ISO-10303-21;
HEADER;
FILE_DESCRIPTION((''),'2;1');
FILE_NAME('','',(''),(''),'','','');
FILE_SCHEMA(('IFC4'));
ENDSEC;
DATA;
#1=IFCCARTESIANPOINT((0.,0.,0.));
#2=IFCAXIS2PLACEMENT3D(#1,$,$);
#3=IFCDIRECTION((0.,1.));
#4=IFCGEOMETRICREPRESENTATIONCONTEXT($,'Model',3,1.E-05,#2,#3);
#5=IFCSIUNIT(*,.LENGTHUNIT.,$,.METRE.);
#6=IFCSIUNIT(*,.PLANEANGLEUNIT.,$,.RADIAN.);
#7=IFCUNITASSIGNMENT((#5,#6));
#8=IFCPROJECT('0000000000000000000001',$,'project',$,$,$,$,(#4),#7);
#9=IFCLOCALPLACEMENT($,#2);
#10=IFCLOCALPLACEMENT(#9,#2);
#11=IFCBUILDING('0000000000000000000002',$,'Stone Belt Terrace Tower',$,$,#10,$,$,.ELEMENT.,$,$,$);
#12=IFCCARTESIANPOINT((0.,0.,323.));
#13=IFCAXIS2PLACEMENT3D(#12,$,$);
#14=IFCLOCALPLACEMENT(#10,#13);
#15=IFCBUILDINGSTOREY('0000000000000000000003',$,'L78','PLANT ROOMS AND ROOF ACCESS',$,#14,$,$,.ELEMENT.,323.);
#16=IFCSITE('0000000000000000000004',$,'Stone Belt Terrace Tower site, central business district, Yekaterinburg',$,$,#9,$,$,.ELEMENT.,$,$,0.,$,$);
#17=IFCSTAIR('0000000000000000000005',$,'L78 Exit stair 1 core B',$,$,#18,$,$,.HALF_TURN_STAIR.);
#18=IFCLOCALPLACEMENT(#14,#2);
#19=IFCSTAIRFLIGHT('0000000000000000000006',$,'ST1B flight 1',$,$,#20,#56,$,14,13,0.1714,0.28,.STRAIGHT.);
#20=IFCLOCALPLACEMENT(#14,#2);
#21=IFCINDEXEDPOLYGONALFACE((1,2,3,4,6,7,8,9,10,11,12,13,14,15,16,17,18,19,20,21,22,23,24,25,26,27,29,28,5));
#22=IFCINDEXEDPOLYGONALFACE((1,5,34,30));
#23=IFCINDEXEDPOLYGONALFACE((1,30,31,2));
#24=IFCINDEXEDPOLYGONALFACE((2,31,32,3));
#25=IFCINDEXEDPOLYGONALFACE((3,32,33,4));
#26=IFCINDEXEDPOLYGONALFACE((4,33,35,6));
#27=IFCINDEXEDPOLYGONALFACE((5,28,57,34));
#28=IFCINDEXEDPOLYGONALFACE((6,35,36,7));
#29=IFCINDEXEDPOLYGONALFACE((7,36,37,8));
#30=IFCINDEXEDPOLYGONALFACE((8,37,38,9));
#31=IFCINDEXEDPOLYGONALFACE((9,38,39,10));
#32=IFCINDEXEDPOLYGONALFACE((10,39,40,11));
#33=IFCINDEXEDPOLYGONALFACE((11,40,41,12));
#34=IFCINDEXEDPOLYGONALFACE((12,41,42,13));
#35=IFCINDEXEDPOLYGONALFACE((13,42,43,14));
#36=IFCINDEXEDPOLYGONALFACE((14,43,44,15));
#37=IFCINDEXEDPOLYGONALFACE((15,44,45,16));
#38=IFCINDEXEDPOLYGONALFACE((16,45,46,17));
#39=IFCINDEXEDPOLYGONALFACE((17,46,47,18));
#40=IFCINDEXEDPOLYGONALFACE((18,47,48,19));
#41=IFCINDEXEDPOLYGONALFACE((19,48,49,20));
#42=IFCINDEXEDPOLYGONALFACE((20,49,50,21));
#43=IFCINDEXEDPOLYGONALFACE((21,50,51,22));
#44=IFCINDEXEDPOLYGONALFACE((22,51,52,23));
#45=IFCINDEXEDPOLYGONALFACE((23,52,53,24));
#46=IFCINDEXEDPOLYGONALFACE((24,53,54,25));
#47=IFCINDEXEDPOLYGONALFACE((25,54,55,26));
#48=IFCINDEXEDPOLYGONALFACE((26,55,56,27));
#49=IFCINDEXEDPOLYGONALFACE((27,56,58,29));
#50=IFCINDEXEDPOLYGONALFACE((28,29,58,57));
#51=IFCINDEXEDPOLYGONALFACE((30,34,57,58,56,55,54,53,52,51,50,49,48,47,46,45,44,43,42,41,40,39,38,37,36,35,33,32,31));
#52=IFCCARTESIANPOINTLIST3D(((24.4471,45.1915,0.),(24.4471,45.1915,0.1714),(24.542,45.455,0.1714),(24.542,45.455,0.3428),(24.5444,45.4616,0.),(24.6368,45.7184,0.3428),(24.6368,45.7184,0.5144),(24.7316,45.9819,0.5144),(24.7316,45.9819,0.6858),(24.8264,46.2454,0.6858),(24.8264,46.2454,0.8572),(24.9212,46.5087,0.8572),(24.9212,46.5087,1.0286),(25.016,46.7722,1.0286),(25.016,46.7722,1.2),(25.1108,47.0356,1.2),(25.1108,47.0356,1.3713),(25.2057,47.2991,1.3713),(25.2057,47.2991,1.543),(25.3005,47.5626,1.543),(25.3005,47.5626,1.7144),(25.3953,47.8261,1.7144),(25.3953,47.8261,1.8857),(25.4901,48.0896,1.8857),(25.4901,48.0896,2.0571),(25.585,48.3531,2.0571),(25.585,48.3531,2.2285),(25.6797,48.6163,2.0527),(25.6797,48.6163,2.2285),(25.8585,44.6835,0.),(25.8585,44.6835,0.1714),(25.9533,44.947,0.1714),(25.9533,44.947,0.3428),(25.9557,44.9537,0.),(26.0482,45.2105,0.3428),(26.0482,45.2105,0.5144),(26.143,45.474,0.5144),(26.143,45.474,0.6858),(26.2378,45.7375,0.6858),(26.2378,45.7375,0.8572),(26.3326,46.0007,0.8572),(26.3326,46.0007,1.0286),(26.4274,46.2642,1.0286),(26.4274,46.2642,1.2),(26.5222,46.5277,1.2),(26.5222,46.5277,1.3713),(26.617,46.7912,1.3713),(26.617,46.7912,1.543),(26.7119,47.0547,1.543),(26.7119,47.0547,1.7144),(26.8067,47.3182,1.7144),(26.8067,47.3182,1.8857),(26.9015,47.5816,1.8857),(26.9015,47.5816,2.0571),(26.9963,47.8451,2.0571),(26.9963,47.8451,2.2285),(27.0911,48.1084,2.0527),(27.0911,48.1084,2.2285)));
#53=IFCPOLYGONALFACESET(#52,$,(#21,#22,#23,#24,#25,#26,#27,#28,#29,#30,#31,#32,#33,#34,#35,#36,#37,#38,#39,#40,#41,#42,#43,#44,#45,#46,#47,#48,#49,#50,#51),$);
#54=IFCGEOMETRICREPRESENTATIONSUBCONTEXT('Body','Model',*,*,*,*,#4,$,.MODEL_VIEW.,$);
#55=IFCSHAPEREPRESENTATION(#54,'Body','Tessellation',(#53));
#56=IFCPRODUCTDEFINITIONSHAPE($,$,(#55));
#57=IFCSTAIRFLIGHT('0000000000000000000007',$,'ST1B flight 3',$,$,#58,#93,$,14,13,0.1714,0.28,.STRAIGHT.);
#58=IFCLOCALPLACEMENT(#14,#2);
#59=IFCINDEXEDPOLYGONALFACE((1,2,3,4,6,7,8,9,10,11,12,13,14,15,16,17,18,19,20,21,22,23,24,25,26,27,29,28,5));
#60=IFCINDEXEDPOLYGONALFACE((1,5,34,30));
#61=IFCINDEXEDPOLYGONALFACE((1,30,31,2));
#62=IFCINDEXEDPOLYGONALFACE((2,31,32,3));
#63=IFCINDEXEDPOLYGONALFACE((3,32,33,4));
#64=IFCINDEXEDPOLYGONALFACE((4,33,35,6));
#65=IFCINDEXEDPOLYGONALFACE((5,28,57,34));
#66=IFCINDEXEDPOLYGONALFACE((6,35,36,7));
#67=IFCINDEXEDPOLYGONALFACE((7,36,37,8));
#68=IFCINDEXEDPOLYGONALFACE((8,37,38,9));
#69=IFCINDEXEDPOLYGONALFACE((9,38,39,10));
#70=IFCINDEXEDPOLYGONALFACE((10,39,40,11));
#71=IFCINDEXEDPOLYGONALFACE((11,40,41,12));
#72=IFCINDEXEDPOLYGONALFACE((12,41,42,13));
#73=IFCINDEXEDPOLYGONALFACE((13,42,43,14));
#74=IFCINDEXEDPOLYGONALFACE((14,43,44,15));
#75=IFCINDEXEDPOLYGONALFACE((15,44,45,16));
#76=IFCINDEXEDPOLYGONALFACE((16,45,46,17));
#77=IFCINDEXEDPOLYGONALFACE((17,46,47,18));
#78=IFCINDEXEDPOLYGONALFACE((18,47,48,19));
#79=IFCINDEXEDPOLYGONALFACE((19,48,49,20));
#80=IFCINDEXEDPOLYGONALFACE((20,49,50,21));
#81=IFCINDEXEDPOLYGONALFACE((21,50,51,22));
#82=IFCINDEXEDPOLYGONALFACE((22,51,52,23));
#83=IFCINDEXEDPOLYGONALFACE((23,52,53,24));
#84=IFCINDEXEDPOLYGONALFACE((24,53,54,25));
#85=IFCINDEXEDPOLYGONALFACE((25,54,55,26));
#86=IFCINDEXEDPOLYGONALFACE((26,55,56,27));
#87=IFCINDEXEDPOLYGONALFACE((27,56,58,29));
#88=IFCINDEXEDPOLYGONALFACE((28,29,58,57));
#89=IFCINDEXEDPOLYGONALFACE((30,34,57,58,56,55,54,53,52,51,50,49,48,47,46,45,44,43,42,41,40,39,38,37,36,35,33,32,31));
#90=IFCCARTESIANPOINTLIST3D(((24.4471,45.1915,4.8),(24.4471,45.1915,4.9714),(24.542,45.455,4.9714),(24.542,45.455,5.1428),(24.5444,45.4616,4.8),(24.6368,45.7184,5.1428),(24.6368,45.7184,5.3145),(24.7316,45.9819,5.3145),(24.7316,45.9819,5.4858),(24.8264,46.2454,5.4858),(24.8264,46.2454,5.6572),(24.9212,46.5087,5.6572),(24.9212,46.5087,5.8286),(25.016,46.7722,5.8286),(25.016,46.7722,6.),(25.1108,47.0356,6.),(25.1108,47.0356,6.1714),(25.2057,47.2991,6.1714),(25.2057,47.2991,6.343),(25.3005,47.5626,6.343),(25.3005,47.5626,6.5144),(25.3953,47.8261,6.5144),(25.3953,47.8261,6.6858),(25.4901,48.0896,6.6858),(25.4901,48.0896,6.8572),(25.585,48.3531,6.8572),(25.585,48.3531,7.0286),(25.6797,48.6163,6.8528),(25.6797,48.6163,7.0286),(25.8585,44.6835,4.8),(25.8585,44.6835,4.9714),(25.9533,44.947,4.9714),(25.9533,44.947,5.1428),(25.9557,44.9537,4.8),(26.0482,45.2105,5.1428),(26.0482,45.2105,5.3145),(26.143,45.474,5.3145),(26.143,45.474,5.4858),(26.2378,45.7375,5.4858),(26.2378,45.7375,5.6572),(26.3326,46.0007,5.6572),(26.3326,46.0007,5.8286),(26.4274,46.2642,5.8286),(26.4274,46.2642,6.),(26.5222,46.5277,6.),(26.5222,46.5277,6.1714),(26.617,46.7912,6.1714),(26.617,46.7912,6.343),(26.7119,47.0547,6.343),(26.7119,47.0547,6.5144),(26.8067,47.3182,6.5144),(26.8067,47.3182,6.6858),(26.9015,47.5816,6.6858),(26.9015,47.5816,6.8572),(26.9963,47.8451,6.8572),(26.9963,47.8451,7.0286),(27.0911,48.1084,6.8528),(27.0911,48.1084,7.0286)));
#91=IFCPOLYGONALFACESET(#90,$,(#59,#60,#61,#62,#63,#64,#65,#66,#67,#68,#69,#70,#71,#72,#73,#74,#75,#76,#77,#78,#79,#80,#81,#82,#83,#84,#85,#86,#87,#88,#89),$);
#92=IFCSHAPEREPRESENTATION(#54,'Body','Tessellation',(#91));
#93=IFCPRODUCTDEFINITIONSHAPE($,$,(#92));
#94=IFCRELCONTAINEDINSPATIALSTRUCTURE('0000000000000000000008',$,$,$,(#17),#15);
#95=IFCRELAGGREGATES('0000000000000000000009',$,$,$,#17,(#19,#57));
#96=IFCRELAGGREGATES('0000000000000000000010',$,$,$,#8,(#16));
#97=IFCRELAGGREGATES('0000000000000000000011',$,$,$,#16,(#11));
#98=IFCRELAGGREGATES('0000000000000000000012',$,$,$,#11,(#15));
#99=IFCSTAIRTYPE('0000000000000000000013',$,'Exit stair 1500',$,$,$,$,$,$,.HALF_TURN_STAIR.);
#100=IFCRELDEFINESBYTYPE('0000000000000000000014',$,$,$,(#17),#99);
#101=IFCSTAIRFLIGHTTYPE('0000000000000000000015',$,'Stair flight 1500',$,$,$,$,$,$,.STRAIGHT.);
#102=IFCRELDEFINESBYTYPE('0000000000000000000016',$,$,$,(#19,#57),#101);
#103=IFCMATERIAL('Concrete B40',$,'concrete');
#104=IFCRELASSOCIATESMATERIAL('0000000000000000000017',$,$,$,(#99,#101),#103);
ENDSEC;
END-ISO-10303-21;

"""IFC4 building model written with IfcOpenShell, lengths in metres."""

from ifc_helpers import new_model, si_unit, direction, frame, origin, place, context, subcontext, project, spatial, polyline, outline, extrude, material, type_object, element, aggregate, save


model = new_model("IFC4")

# Units and contexts
model_context = context("Model", 3, precision=1e-05, world=origin(), true_north=direction((0.0, 1.0)))
body_context = subcontext(model_context, "Body", "Model", "MODEL_VIEW")
ifc_project = project(units=[si_unit("LENGTHUNIT", "METRE"), si_unit("PLANEANGLEUNIT", "RADIAN")], contexts=[model_context])

# Site, building, storey
site_placement = place(None, origin())
site = spatial("IfcSite", under=ifc_project, at=site_placement, Name="Stone Belt Terrace Tower site, central business district, Yekaterinburg", CompositionType="ELEMENT", RefElevation=0.0)
building_placement = place(site_placement, origin())
building = spatial("IfcBuilding", under=site, at=building_placement, Name="Stone Belt Terrace Tower", CompositionType="ELEMENT")
storey_placement = place(building_placement, frame((0.0, 0.0, 323.0)))
storey = spatial("IfcBuildingStorey", under=building, at=storey_placement, Name="L78", Description="PLANT ROOMS AND ROOF ACCESS", CompositionType="ELEMENT", Elevation=323.0)

# Stair, stair flights
ifc_material_1 = material(Name="Concrete B40", Category="concrete")
stair_type = type_object("IfcStairType", Name="Exit stair 1500", PredefinedType="HALF_TURN_STAIR", material=ifc_material_1)
stair_placement = place(storey_placement, origin())
stair = element("IfcStair", 1, at=stair_placement, inside=storey, type_object=stair_type, Name="L78 Exit stair 1 core B", PredefinedType="HALF_TURN_STAIR")
stair_flight_type = type_object("IfcStairFlightType", Name="Stair flight 1500", PredefinedType="STRAIGHT", material=ifc_material_1)
stair_flight_1_placement = place(storey_placement, frame((25.1528, 44.9375, 0.0), z_axis=(0.0, 0.0, 1.0), x_axis=(0.338624, 0.940922, 0.0)))
stair_flight_1 = element("IfcStairFlight", 2, at=stair_flight_1_placement, type_object=stair_flight_type, Name="ST1B flight 1", NumberOfRisers=14, NumberOfTreads=13, PredefinedType="STRAIGHT", RiserHeight=0.1714, TreadLength=0.28, context=body_context, shape_type="SweptSolid", body=[
    extrude(outline(polyline([(0.0, 0.0), (0.0, 0.1714), (0.28, 0.1714), (0.28, 0.3428), (0.5601, 0.3428), (0.5601, 0.5144), (0.8401, 0.5144), (0.8401, 0.6858), (1.1201, 0.6858), (1.1201, 0.8572), (1.3999, 0.8572), (1.3999, 1.0286), (1.6799, 1.0286), (1.6799, 1.2), (1.96, 1.2), (1.96, 1.3713), (2.24, 1.3713), (2.24, 1.543), (2.52, 1.543), (2.52, 1.7144), (2.8, 1.7144), (2.8, 1.8857), (3.0801, 1.8857), (3.0801, 2.0571), (3.3601, 2.0571), (3.3601, 2.2285), (3.6399, 2.2285), (3.6399, 2.3999), (3.6399, 2.0527), (0.2871, 0.0), (0.0, 0.0)])), frame((0.0, 0.75, 0.0), z_axis=(0.0, -1.0, 0.0), x_axis=(1.0, 0.0, 0.0)), (0.0, 0.0, 1.0), 1.5),
])
stair_flight_2_placement = place(storey_placement, frame((25.1528, 44.9375, 4.8), z_axis=(0.0, 0.0, 1.0), x_axis=(0.338624, 0.940922, 0.0)))
stair_flight_2 = element("IfcStairFlight", 3, at=stair_flight_2_placement, type_object=stair_flight_type, Name="ST1B flight 3", NumberOfRisers=14, NumberOfTreads=13, PredefinedType="STRAIGHT", RiserHeight=0.1714, TreadLength=0.28, context=body_context, shape_type="SweptSolid", body=[
    extrude(outline(polyline([(0.0, 0.0), (0.0, 0.1714), (0.28, 0.1714), (0.28, 0.3428), (0.5601, 0.3428), (0.5601, 0.5144), (0.8401, 0.5144), (0.8401, 0.6858), (1.1201, 0.6858), (1.1201, 0.8572), (1.3999, 0.8572), (1.3999, 1.0286), (1.6799, 1.0286), (1.6799, 1.2), (1.96, 1.2), (1.96, 1.3713), (2.24, 1.3713), (2.24, 1.543), (2.52, 1.543), (2.52, 1.7144), (2.8, 1.7144), (2.8, 1.8857), (3.0801, 1.8857), (3.0801, 2.0571), (3.3601, 2.0571), (3.3601, 2.2285), (3.6399, 2.2285), (3.6399, 2.3999), (3.6399, 2.0527), (0.2871, 0.0), (0.0, 0.0)])), frame((0.0, 0.75, 0.0), z_axis=(0.0, -1.0, 0.0), x_axis=(1.0, 0.0, 0.0)), (0.0, 0.0, 1.0), 1.5),
])
aggregate(stair, [stair_flight_1, stair_flight_2])

save(model, "model.ifc")
